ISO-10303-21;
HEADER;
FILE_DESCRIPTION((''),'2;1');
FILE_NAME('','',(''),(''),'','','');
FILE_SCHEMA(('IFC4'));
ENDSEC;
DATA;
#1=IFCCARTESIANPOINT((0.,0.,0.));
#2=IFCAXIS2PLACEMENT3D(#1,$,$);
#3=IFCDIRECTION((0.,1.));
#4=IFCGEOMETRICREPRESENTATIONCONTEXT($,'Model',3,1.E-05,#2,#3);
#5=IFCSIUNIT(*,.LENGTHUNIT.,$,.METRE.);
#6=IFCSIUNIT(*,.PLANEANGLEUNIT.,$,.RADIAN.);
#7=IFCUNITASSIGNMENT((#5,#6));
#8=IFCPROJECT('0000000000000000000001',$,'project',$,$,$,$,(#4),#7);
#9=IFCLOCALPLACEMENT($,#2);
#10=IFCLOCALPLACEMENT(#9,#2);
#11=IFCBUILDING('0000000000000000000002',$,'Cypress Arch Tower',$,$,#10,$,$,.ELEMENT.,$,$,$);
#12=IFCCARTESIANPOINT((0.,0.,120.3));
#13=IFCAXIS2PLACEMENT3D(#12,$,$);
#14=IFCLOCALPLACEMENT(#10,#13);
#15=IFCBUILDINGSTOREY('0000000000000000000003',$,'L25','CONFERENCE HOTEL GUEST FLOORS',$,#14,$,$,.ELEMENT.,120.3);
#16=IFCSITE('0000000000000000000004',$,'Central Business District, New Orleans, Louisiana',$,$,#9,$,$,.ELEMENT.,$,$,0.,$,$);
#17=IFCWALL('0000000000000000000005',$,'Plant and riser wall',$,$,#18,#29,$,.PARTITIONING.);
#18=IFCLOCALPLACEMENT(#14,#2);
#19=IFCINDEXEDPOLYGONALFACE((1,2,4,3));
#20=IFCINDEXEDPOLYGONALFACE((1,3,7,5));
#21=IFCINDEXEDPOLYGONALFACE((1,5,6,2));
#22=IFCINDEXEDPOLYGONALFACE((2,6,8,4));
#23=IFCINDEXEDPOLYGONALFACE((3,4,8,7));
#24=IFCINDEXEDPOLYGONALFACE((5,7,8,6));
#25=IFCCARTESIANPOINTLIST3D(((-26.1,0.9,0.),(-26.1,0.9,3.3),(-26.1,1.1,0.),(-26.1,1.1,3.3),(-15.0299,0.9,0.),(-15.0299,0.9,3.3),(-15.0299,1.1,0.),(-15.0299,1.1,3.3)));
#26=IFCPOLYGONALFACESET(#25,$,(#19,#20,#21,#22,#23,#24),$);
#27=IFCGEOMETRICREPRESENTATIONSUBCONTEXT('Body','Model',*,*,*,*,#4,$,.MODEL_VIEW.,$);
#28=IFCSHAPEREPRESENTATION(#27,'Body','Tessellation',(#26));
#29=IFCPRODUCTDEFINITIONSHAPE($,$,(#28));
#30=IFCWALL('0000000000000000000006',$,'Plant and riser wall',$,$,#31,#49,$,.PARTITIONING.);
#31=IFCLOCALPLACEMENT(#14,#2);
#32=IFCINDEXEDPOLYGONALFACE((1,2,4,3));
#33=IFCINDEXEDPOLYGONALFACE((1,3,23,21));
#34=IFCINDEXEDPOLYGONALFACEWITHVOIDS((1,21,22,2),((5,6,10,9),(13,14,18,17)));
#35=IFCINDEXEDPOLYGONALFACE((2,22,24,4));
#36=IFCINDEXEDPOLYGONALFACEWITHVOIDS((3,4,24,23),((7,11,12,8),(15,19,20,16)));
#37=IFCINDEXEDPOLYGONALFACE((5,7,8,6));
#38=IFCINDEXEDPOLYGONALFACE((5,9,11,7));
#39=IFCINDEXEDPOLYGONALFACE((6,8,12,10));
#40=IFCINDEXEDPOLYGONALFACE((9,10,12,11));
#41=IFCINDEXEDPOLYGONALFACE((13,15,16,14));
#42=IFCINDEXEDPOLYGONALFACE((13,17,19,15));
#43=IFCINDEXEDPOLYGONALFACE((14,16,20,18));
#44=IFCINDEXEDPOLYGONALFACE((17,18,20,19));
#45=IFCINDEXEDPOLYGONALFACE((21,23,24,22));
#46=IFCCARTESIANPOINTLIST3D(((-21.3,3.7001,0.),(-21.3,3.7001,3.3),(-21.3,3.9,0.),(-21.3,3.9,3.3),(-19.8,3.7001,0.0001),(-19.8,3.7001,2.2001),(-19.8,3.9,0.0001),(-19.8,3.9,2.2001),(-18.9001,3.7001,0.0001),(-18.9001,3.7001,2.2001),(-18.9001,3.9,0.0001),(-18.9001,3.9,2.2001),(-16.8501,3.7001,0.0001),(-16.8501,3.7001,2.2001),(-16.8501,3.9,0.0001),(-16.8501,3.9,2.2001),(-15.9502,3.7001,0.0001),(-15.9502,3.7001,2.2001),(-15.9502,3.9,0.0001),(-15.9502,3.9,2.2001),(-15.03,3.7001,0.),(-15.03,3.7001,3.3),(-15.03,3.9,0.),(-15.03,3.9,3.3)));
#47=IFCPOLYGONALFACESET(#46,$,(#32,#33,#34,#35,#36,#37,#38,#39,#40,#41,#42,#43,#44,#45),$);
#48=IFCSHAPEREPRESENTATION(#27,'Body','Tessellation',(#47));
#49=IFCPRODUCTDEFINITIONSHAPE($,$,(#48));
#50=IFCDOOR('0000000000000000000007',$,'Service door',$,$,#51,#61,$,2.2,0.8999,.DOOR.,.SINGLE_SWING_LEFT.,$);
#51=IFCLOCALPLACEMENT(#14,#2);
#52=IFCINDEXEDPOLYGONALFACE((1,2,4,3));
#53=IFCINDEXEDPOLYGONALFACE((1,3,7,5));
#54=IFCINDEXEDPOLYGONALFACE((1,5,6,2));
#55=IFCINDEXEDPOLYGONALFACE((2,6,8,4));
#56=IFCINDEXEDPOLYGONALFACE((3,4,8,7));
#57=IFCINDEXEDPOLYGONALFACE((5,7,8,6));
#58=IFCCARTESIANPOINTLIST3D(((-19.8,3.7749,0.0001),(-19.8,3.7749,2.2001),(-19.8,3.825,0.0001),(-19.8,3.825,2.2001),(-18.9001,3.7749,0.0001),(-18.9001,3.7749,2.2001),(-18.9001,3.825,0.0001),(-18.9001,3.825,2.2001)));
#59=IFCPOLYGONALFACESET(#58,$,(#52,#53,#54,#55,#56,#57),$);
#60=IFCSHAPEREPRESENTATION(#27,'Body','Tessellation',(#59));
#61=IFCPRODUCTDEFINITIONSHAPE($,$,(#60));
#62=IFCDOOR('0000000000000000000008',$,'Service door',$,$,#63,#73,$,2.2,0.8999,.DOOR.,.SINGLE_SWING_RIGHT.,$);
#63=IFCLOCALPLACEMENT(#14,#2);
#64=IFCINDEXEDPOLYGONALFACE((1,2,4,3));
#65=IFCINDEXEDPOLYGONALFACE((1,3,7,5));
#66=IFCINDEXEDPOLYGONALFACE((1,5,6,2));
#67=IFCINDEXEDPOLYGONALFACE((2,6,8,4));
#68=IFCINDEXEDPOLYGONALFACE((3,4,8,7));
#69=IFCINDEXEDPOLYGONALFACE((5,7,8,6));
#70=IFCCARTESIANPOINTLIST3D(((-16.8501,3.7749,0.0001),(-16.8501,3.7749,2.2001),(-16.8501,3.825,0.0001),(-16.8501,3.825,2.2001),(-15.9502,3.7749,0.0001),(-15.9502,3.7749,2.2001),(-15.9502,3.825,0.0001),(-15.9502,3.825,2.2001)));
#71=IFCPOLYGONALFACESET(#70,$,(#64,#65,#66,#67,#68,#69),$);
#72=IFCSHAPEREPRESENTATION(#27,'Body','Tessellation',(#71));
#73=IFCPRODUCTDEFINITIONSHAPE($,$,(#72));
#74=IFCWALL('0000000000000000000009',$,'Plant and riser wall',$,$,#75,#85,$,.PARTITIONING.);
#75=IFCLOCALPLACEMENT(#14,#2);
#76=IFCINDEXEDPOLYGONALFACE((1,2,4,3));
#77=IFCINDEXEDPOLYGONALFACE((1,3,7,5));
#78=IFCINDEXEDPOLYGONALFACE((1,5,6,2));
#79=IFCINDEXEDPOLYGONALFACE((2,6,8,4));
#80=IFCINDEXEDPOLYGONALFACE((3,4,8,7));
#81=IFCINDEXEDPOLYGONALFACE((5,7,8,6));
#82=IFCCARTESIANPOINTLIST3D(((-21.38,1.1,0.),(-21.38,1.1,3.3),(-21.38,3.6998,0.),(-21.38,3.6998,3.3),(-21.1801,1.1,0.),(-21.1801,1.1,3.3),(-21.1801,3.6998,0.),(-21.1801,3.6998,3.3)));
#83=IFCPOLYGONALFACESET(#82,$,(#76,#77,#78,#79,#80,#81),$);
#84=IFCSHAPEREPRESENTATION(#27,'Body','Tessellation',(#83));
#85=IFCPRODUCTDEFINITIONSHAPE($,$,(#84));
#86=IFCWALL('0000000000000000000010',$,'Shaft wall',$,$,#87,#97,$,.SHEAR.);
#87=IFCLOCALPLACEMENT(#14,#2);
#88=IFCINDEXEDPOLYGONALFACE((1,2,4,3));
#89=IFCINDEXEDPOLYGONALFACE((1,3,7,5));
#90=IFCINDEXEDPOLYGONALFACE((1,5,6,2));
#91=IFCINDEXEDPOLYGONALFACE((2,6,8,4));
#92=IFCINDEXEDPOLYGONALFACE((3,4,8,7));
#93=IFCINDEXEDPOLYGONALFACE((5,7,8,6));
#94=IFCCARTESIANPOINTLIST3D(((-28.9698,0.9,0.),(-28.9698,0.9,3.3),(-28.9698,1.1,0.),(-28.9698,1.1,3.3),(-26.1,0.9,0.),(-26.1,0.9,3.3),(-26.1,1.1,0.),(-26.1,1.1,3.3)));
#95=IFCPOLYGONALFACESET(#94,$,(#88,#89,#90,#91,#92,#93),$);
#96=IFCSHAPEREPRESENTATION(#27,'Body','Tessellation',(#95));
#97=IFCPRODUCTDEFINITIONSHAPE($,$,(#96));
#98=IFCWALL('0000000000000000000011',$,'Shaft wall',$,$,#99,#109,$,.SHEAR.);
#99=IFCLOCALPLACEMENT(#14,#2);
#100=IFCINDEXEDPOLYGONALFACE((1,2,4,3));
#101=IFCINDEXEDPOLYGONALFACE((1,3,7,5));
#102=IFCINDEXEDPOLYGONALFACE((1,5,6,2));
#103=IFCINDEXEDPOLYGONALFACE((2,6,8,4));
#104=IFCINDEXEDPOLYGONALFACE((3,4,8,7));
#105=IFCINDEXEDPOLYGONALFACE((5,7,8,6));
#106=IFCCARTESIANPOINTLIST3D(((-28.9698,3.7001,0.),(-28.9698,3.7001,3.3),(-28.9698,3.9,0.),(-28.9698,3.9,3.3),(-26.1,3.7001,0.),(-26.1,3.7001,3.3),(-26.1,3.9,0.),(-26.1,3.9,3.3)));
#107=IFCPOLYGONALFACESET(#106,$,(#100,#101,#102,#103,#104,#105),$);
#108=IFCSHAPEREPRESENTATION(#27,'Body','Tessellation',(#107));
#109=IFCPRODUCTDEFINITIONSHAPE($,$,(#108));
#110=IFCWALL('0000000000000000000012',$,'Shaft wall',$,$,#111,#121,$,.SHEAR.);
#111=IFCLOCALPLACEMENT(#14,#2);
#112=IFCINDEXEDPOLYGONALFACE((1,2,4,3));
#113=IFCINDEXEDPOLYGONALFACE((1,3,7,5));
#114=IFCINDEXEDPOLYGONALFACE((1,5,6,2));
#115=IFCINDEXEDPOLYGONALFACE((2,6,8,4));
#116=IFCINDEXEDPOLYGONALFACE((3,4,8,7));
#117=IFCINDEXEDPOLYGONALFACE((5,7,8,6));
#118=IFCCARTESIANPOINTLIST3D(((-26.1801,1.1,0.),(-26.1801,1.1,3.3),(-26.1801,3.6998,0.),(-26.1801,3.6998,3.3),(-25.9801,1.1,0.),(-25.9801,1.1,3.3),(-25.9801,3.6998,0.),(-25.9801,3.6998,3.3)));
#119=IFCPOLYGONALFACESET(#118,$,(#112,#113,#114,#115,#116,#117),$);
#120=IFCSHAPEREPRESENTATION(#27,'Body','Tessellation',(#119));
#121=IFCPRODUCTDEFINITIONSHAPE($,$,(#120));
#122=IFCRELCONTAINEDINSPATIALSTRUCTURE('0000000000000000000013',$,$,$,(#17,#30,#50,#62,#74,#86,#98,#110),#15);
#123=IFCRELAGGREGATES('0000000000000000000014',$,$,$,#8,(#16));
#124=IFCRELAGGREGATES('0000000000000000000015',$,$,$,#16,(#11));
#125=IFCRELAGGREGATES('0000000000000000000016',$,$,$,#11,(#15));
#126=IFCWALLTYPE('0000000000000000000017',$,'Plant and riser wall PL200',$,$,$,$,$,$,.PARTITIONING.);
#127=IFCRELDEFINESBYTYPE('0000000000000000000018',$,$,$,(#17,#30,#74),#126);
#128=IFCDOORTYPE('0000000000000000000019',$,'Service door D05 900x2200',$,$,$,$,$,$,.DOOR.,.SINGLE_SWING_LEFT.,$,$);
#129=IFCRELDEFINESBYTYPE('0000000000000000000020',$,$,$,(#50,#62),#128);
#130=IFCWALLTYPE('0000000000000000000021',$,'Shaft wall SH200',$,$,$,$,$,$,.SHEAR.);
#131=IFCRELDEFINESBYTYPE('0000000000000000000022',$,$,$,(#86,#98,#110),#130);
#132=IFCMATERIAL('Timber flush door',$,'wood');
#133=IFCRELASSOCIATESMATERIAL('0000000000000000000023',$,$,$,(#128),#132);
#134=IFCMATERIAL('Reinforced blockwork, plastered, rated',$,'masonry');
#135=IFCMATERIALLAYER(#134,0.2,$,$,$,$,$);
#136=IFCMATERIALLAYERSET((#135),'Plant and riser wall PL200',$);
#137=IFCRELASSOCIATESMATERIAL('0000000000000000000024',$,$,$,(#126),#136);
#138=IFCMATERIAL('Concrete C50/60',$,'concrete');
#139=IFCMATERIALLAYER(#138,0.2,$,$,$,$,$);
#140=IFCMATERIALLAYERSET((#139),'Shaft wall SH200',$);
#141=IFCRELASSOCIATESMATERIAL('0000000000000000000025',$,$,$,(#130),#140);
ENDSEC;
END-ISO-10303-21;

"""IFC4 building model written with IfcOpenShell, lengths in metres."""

from ifc_helpers import new_model, si_unit, direction, frame, frame_2d, origin, place, context, subcontext, project, spatial, rectangle, extrude, material, layer, layer_set, type_object, element, fill, save


model = new_model("IFC4")

# Units and contexts
model_context = context("Model", 3, precision=1e-05, world=origin(), true_north=direction((0.0, 1.0)))
body_context = subcontext(model_context, "Body", "Model", "MODEL_VIEW")
ifc_project = project(units=[si_unit("LENGTHUNIT", "METRE"), si_unit("PLANEANGLEUNIT", "RADIAN")], contexts=[model_context])

# Site, building, storey
site_placement = place(None, origin())
site = spatial("IfcSite", under=ifc_project, at=site_placement, Name="Central Business District, New Orleans, Louisiana", CompositionType="ELEMENT", RefElevation=0.0)
building_placement = place(site_placement, origin())
building = spatial("IfcBuilding", under=site, at=building_placement, Name="Cypress Arch Tower", CompositionType="ELEMENT")
storey_placement = place(building_placement, frame((0.0, 0.0, 120.3)))
storey = spatial("IfcBuildingStorey", under=building, at=storey_placement, Name="L25", Description="CONFERENCE HOTEL GUEST FLOORS", CompositionType="ELEMENT", Elevation=120.3)

# Shared definitions
ifc_material_1 = material(Name="Timber flush door", Category="wood")
door_type = type_object("IfcDoorType", Name="Service door D05 900x2200", OperationType="SINGLE_SWING_LEFT", PredefinedType="DOOR", material=ifc_material_1)

# Shared definitions
ifc_material_2 = material(Name="Reinforced blockwork, plastered, rated", Category="masonry")
ifc_layer_1 = layer(ifc_material_2, 0.2)
ifc_layer_set_1 = layer_set([ifc_layer_1], Name="Plant and riser wall PL200")
wall_type_1 = type_object("IfcWallType", Name="Plant and riser wall PL200", PredefinedType="PARTITIONING", material=ifc_layer_set_1)

# Wall
wall_1_placement = place(storey_placement, frame((-26.1001, 1.0, 0.0), z_axis=(0.0, 0.0, 1.0), x_axis=(1.0, 0.0, 0.0)))
element("IfcWall", 1, at=wall_1_placement, inside=storey, type_object=wall_type_1, Name="Plant and riser wall", PredefinedType="PARTITIONING", context=body_context, shape_type="SweptSolid", body=[
    extrude(rectangle(XDim=11.0701, YDim=0.2, at=frame_2d((5.5352, 0.0))), origin(), (0.0, 0.0, 1.0), 3.3),
])

# Wall, openings, doors
wall_2_placement = place(storey_placement, frame((-21.3, 3.8, 0.0), z_axis=(0.0, 0.0, 1.0), x_axis=(1.0, 0.0, 0.0)))
wall_2 = element("IfcWall", 2, at=wall_2_placement, inside=storey, type_object=wall_type_1, Name="Plant and riser wall", PredefinedType="PARTITIONING", context=body_context, shape_type="SweptSolid", body=[
    extrude(rectangle(XDim=6.27, YDim=0.2, at=frame_2d((3.135, 0.0))), origin(), (0.0, 0.0, 1.0), 3.3),
])
opening_1_placement = place(wall_2_placement, frame((1.5, 0.0, 0.0)))
opening_1 = element("IfcOpeningElement", 3, at=opening_1_placement, cuts=wall_2, PredefinedType="OPENING", context=body_context, shape_type="SweptSolid", body=[
    extrude(rectangle(XDim=0.8999, YDim=2.2, at=frame_2d((0.45, 1.1001))), frame((0.0, 0.1099, 0.0), z_axis=(0.0, -1.0, 0.0), x_axis=(1.0, 0.0, 0.0)), (0.0, 0.0, 1.0), 0.22),
])
opening_2_placement = place(wall_2_placement, frame((4.45, 0.0, 0.0)))
opening_2 = element("IfcOpeningElement", 4, at=opening_2_placement, cuts=wall_2, PredefinedType="OPENING", context=body_context, shape_type="SweptSolid", body=[
    extrude(rectangle(XDim=0.8999, YDim=2.2, at=frame_2d((0.45, 1.1001))), frame((0.0, 0.1099, 0.0), z_axis=(0.0, -1.0, 0.0), x_axis=(1.0, 0.0, 0.0)), (0.0, 0.0, 1.0), 0.22),
])
door_1_placement = place(opening_1_placement, origin())
door_1 = element("IfcDoor", 5, at=door_1_placement, inside=storey, type_object=door_type, Name="Service door", OperationType="SINGLE_SWING_LEFT", OverallHeight=2.2, OverallWidth=0.8999, PredefinedType="DOOR", context=body_context, shape_type="SweptSolid", body=[
    extrude(rectangle(XDim=0.8999, YDim=2.2, at=frame_2d((0.45, 1.1001))), frame((0.0, 0.0249, 0.0), z_axis=(0.0, -1.0, 0.0), x_axis=(1.0, 0.0, 0.0)), (0.0, 0.0, 1.0), 0.05),
])
fill(opening_1, door_1)
door_2_placement = place(opening_2_placement, origin())
door_2 = element("IfcDoor", 6, at=door_2_placement, inside=storey, type_object=door_type, Name="Service door", OperationType="SINGLE_SWING_RIGHT", OverallHeight=2.2, OverallWidth=0.8999, PredefinedType="DOOR", context=body_context, shape_type="SweptSolid", body=[
    extrude(rectangle(XDim=0.8999, YDim=2.2, at=frame_2d((0.45, 1.1001))), frame((0.0, 0.0249, 0.0), z_axis=(0.0, -1.0, 0.0), x_axis=(1.0, 0.0, 0.0)), (0.0, 0.0, 1.0), 0.05),
])
fill(opening_2, door_2)

# Walls
wall_3_placement = place(storey_placement, frame((-21.28, 1.1001, 0.0), z_axis=(0.0, 0.0, 1.0), x_axis=(0.0, 1.0, 0.0)))
element("IfcWall", 7, at=wall_3_placement, inside=storey, type_object=wall_type_1, Name="Plant and riser wall", PredefinedType="PARTITIONING", context=body_context, shape_type="SweptSolid", body=[
    extrude(rectangle(XDim=2.5999, YDim=0.2, at=frame_2d((1.2998, 0.0))), origin(), (0.0, 0.0, 1.0), 3.3),
])
ifc_material_3 = material(Name="Concrete C50/60", Category="concrete")
ifc_layer_2 = layer(ifc_material_3, 0.2)
ifc_layer_set_2 = layer_set([ifc_layer_2], Name="Shaft wall SH200")
wall_type_2 = type_object("IfcWallType", Name="Shaft wall SH200", PredefinedType="SHEAR", material=ifc_layer_set_2)
for number, where, z_axis, x_axis, name in (
    (8, (-28.97, 1.0, 0.0), (0.0, 0.0, 1.0), (1.0, 0.0, 0.0), "Shaft wall"),
    (9, (-28.97, 3.8, 0.0), (0.0, 0.0, 1.0), (1.0, 0.0, 0.0), "Shaft wall"),
):
    element("IfcWall", number, at=place(storey_placement, frame(where, z_axis=z_axis, x_axis=x_axis)), inside=storey, type_object=wall_type_2, Name=name, PredefinedType="SHEAR", context=body_context, shape_type="SweptSolid", body=[
        extrude(rectangle(XDim=2.8699, YDim=0.2, at=frame_2d((1.4351, 0.0))), origin(), (0.0, 0.0, 1.0), 3.3),
    ])
wall_4_placement = place(storey_placement, frame((-26.0801, 1.1001, 0.0), z_axis=(0.0, 0.0, 1.0), x_axis=(0.0, 1.0, 0.0)))
element("IfcWall", 10, at=wall_4_placement, inside=storey, type_object=wall_type_2, Name="Shaft wall", PredefinedType="SHEAR", context=body_context, shape_type="SweptSolid", body=[
    extrude(rectangle(XDim=2.5999, YDim=0.2, at=frame_2d((1.2998, 0.0))), origin(), (0.0, 0.0, 1.0), 3.3),
])

save(model, "model.ifc")
